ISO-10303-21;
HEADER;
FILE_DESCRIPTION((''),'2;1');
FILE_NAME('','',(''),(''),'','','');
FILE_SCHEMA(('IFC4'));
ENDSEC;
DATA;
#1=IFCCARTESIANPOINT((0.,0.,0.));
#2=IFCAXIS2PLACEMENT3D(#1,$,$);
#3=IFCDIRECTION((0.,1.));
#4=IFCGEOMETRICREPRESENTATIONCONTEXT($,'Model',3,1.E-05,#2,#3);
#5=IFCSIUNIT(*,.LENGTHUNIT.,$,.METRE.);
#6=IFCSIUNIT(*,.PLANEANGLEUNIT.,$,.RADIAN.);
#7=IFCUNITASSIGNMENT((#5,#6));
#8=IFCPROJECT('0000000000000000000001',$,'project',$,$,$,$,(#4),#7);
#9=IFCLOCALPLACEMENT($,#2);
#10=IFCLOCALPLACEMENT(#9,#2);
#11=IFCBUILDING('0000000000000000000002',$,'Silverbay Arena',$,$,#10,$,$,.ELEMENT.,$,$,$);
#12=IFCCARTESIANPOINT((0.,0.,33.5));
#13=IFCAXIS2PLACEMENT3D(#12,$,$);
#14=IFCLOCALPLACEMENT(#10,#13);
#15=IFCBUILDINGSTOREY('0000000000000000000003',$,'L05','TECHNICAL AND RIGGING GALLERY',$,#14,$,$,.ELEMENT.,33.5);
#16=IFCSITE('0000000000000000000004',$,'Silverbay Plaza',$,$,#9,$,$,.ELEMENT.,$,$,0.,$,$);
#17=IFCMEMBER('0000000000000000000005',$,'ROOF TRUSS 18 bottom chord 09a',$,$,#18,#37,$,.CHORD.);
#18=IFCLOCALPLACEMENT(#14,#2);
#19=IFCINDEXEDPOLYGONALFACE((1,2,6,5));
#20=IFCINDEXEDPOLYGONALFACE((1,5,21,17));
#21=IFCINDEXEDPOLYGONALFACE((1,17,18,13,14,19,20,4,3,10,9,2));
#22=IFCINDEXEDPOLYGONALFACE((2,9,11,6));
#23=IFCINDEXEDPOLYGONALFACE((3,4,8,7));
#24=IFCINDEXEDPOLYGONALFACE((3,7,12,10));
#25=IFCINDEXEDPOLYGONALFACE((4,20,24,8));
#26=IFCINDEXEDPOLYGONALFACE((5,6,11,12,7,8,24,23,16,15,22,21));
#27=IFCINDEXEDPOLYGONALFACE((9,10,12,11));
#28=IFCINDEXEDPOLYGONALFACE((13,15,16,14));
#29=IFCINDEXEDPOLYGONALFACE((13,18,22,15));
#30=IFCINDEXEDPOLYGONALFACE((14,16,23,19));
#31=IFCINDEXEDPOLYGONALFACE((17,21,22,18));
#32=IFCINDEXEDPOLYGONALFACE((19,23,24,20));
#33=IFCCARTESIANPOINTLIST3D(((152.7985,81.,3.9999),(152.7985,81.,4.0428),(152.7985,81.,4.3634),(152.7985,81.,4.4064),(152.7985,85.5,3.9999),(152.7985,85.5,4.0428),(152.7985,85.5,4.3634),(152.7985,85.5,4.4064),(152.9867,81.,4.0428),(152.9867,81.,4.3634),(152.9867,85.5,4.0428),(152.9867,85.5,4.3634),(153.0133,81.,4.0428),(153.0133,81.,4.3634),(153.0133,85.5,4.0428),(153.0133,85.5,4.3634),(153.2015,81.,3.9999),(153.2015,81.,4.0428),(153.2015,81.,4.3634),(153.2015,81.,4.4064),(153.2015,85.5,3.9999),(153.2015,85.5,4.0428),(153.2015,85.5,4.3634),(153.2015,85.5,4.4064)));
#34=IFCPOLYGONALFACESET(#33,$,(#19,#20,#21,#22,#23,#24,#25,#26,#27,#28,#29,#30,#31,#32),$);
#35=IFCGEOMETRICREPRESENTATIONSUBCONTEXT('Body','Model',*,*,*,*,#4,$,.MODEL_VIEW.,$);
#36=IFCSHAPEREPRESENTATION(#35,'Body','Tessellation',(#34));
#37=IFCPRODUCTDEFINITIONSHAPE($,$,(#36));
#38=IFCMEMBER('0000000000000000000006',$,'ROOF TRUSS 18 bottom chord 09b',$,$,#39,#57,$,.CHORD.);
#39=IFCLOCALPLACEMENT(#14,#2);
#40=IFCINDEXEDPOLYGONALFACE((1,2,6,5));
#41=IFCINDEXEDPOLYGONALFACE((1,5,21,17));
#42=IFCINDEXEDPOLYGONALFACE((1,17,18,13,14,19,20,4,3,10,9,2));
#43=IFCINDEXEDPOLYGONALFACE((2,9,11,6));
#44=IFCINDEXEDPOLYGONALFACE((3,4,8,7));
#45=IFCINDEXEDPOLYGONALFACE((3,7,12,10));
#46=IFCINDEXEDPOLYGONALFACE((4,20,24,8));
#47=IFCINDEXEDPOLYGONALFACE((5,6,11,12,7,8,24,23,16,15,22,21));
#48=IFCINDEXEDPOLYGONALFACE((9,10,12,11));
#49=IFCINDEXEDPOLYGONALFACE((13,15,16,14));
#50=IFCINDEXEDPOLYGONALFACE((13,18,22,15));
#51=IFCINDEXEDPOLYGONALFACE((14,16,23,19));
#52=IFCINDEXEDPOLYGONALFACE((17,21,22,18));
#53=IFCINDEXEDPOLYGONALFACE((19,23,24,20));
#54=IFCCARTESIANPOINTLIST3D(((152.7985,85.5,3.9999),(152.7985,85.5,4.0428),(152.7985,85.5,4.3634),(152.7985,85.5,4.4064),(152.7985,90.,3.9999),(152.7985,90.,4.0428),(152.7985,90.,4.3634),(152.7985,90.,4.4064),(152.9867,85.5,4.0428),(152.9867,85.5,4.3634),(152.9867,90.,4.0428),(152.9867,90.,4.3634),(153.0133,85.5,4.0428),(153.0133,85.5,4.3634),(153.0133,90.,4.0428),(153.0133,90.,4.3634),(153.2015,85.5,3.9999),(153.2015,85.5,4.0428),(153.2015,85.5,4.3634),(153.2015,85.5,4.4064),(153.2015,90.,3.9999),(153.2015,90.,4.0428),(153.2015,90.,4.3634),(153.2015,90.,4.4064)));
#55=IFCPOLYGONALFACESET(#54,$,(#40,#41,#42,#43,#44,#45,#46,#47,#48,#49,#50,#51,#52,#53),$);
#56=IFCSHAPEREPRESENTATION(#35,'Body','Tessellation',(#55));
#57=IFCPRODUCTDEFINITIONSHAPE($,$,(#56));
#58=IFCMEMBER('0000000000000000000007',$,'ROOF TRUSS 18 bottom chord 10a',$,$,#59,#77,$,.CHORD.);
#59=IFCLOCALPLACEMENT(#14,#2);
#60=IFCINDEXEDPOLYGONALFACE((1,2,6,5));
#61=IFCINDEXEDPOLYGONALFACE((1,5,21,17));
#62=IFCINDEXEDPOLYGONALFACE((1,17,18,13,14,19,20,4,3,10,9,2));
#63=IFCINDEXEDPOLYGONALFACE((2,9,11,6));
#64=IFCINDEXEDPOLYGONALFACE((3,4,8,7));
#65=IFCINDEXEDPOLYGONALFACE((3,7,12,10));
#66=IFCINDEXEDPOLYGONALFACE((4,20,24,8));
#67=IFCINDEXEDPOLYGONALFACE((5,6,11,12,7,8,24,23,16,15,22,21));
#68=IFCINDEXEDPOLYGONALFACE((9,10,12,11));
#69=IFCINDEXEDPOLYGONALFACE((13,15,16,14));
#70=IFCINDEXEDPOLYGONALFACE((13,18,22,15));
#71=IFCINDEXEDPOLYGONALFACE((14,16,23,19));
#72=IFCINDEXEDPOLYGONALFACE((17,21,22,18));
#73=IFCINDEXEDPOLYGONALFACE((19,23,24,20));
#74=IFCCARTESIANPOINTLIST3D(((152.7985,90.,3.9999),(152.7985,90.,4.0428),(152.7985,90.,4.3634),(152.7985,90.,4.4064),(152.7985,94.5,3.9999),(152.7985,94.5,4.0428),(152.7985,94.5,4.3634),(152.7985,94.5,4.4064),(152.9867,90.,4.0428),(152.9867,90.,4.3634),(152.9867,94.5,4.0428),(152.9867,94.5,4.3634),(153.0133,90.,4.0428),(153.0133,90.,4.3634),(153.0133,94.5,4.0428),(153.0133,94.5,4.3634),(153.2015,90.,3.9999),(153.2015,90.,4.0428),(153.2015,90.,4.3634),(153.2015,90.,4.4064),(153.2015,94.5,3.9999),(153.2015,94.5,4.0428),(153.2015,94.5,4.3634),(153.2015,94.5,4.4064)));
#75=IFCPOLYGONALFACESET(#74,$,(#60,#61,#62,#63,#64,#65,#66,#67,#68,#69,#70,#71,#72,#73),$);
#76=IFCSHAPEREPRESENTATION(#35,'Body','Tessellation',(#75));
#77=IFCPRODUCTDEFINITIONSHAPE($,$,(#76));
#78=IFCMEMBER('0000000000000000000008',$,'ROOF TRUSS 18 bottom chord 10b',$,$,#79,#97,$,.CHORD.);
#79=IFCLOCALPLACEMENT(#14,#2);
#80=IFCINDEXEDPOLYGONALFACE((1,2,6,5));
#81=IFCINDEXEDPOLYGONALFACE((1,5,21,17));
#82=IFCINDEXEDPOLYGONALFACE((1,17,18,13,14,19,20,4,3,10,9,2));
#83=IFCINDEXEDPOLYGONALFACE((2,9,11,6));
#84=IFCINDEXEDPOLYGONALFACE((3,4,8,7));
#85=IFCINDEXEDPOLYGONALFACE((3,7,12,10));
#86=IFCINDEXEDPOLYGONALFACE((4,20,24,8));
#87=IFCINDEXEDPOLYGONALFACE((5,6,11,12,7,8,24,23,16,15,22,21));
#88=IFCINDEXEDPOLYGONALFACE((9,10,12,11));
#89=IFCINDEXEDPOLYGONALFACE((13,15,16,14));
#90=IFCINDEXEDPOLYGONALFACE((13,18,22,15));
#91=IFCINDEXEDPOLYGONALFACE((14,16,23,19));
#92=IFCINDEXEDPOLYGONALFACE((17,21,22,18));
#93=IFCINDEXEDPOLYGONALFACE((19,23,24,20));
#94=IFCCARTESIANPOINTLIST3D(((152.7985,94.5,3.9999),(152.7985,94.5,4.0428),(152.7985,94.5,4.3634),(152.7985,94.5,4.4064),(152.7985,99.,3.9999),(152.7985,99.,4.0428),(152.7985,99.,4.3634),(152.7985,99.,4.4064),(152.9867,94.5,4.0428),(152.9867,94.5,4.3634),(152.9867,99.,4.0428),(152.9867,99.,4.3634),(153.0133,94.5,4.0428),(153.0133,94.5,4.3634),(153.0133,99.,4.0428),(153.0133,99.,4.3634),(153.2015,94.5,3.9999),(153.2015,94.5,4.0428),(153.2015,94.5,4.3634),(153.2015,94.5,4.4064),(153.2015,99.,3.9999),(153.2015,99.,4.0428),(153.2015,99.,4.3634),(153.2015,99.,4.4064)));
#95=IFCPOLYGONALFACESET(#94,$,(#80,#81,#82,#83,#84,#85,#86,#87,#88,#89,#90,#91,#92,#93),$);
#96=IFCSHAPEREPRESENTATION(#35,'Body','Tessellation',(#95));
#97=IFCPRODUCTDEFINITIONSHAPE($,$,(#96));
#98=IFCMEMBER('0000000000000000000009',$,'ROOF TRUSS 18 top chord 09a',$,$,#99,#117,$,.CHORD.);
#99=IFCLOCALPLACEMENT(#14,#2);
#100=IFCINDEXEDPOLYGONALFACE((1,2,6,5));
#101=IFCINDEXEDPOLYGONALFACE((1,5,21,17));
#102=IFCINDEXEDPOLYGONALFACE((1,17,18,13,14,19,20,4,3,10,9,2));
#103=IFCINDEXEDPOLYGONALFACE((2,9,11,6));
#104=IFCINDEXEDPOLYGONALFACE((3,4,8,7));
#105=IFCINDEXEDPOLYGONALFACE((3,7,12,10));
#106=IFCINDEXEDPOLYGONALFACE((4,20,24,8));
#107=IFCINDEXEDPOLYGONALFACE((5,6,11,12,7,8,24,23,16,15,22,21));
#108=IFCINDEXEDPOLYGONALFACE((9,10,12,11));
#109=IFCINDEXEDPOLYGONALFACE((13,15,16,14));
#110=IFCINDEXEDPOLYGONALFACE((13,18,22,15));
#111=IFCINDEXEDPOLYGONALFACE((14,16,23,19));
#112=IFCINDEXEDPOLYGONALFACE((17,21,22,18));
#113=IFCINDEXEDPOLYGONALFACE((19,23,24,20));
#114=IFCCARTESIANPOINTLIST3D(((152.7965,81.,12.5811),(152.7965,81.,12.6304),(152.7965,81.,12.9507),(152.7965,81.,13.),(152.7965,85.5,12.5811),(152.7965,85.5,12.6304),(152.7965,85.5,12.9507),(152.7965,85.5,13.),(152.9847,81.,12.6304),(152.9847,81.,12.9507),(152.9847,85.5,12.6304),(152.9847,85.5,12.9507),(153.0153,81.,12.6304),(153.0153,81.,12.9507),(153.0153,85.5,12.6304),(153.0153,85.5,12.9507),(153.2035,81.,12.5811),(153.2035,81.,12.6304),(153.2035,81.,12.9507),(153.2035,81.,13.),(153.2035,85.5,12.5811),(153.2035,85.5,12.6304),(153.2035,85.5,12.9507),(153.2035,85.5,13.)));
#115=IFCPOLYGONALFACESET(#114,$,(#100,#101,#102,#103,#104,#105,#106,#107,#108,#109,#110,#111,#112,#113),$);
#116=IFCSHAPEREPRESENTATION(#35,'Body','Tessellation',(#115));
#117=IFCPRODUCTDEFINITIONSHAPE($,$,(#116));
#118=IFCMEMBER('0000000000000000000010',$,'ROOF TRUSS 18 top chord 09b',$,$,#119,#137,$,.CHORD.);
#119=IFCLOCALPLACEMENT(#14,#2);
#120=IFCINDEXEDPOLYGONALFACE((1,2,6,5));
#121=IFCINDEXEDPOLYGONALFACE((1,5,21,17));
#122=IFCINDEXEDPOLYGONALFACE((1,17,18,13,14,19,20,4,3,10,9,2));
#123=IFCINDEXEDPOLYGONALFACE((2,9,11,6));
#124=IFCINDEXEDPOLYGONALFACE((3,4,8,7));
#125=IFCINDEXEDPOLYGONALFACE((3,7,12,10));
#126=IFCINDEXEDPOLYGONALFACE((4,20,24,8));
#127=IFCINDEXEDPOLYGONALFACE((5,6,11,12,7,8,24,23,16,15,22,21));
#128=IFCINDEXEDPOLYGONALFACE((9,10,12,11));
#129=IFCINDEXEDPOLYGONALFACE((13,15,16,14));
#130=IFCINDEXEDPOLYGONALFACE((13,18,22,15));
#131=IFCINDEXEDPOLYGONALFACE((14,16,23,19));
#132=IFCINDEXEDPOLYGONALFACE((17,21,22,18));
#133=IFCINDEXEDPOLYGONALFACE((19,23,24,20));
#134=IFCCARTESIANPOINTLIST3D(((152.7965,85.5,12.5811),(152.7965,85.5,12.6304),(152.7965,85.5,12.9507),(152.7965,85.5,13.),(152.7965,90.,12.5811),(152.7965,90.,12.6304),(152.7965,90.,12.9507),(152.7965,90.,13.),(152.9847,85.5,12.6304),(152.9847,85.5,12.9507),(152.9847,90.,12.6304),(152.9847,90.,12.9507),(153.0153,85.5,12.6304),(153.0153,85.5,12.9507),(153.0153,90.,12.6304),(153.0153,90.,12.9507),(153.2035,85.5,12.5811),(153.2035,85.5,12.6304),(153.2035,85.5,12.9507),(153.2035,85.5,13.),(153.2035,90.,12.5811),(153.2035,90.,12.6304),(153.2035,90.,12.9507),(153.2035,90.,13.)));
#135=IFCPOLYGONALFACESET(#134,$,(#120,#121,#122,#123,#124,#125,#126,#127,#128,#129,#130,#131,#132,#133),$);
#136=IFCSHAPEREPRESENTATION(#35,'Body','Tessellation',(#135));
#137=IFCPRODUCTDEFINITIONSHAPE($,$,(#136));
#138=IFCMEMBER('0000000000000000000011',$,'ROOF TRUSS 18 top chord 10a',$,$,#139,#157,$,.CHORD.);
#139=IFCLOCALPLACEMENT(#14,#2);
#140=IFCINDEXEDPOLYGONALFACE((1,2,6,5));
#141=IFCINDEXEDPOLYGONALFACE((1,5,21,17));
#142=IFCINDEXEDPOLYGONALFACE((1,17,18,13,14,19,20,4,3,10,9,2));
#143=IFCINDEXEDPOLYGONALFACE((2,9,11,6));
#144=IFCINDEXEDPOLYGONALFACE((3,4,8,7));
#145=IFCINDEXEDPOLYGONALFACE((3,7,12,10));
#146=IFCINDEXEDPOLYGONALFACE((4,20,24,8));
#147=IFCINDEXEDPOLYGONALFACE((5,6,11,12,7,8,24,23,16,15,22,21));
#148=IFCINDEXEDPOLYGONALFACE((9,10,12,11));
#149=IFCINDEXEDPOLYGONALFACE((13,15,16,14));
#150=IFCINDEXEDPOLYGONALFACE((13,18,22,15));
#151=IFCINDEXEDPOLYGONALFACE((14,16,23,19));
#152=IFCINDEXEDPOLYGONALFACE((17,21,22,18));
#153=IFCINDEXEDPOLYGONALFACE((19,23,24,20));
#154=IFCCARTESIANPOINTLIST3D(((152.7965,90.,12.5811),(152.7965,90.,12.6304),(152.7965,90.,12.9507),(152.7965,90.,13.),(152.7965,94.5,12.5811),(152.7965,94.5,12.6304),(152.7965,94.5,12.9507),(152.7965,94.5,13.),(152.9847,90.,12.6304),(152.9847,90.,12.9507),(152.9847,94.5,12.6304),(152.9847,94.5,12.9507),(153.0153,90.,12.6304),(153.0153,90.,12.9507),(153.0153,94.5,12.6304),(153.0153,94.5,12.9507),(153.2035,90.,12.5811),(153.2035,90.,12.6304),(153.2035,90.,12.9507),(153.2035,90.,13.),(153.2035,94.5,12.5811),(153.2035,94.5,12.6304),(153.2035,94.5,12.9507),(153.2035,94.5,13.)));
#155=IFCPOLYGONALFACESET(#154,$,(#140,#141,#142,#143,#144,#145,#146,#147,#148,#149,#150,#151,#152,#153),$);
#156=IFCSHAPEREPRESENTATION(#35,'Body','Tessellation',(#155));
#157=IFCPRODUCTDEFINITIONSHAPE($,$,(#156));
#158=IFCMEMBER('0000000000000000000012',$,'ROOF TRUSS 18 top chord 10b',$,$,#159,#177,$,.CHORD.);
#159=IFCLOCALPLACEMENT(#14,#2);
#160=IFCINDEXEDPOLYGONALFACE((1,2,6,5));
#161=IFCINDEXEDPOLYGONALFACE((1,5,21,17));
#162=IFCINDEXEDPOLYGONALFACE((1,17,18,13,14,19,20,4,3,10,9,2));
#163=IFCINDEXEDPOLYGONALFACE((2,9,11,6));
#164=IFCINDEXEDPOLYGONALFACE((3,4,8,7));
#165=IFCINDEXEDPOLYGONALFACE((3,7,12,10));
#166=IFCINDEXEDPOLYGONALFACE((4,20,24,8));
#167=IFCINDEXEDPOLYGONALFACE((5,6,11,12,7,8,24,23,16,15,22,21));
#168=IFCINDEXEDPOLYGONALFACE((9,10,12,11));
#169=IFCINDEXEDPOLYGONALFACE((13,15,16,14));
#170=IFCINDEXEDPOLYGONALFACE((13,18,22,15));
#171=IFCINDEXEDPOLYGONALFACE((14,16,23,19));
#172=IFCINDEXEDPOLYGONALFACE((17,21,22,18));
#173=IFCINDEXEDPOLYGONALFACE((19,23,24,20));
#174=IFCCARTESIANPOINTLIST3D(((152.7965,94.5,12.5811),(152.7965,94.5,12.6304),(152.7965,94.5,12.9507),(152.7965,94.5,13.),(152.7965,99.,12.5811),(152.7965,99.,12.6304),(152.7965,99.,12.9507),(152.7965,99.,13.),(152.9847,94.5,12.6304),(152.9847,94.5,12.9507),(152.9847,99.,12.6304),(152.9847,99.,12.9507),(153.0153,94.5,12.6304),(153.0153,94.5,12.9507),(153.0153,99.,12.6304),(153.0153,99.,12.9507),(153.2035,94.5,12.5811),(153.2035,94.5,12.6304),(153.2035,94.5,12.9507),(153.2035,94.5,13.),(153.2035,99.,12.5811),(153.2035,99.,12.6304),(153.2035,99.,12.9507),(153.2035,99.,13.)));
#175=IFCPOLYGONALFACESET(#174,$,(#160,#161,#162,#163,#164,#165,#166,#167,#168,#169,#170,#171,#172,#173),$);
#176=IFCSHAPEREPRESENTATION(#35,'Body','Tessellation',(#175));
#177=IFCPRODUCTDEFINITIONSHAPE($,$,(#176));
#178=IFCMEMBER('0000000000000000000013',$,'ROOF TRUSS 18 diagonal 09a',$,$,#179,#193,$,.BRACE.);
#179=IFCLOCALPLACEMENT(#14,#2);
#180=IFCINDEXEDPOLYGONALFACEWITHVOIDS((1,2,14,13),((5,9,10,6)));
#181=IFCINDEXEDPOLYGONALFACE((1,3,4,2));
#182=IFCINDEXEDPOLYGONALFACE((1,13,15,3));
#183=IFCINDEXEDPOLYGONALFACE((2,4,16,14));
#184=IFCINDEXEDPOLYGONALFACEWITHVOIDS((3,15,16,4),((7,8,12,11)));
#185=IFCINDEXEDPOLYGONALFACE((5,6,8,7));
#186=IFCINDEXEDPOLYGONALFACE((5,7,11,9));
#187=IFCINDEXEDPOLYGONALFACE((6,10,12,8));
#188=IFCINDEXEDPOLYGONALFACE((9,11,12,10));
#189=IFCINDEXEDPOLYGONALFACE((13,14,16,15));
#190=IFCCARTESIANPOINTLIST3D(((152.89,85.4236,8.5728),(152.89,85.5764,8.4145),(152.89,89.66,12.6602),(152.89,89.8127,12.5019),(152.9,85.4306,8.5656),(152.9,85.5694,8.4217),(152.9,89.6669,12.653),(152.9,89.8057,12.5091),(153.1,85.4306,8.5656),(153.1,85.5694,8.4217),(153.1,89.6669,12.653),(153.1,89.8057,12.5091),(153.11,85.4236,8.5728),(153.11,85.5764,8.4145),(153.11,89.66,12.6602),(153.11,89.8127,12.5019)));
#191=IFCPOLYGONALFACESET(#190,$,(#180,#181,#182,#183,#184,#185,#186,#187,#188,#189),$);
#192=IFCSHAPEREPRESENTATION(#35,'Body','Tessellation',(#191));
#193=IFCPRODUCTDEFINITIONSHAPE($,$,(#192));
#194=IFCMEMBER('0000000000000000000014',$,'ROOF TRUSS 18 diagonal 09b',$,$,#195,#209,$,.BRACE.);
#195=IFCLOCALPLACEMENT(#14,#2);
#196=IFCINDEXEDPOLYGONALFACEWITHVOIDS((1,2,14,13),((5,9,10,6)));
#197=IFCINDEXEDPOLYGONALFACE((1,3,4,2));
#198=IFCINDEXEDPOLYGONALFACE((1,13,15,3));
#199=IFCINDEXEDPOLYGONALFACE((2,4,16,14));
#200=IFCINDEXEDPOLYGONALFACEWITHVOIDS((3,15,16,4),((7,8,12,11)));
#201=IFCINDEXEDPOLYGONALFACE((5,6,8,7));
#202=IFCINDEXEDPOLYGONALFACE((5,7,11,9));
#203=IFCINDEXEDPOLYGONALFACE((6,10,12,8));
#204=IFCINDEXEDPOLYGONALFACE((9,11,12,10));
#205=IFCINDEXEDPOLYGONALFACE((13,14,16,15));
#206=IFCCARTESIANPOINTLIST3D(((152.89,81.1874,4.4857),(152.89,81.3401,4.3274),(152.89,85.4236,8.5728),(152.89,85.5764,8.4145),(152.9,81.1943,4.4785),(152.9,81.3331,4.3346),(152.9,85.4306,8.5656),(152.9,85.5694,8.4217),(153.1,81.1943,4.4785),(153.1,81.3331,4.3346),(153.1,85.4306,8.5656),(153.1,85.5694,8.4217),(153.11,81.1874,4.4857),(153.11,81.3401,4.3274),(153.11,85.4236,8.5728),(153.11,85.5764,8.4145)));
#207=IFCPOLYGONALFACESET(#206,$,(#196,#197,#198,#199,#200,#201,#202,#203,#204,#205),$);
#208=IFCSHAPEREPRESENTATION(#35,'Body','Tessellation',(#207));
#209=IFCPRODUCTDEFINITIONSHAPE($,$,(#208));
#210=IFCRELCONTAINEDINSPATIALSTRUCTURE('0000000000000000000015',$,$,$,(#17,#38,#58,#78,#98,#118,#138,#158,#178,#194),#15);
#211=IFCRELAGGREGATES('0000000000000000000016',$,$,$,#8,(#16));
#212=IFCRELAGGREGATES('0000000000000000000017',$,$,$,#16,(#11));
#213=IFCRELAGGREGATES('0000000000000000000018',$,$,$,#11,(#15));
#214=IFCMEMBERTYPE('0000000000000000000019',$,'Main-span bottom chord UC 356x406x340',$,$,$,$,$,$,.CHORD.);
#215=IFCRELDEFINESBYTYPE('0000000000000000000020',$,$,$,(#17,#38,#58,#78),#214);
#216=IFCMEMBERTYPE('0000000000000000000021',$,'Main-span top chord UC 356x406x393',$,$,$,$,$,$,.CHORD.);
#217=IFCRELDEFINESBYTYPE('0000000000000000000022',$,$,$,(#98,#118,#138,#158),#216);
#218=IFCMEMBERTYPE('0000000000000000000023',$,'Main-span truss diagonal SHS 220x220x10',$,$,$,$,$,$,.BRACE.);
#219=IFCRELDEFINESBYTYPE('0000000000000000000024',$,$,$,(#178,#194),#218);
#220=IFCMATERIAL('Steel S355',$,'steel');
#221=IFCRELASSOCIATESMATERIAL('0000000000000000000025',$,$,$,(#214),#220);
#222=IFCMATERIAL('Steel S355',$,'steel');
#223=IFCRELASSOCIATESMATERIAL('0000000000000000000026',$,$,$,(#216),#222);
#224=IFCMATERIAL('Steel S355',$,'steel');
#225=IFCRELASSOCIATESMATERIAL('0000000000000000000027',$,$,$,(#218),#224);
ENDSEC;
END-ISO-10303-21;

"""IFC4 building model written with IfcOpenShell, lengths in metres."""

from ifc_helpers import new_model, si_unit, direction, frame, origin, origin_2d, place, context, subcontext, project, spatial, hollow_rectangle, i_section, extrude, material, material_profile, profile_set, type_object, element, save


model = new_model("IFC4")

# Units and contexts
model_context = context("Model", 3, precision=1e-05, world=origin(), true_north=direction((0.0, 1.0)))
body_context = subcontext(model_context, "Body", "Model", "MODEL_VIEW")
ifc_project = project(units=[si_unit("LENGTHUNIT", "METRE"), si_unit("PLANEANGLEUNIT", "RADIAN")], contexts=[model_context])

# Site, building, storey
site_placement = place(None, origin())
site = spatial("IfcSite", under=ifc_project, at=site_placement, Name="Silverbay Plaza", CompositionType="ELEMENT", RefElevation=0.0)
building_placement = place(site_placement, origin())
building = spatial("IfcBuilding", under=site, at=building_placement, Name="Silverbay Arena", CompositionType="ELEMENT")
storey_placement = place(building_placement, frame((0.0, 0.0, 33.5)))
storey = spatial("IfcBuildingStorey", under=building, at=storey_placement, Name="L05", Description="TECHNICAL AND RIGGING GALLERY", CompositionType="ELEMENT", Elevation=33.5)

# Members
ifc_material_1 = material(Name="Steel S355", Category="steel")
ifc_material_profile_1 = material_profile(ifc_material_1, i_section(OverallWidth=0.4031, OverallDepth=0.4065, WebThickness=0.0266, FlangeThickness=0.043, at=origin_2d()), Name="UC 356x406x340")
ifc_profile_set_1 = profile_set([ifc_material_profile_1], Name="Steel S355")
member_type_1 = type_object("IfcMemberType", Name="Main-span bottom chord UC 356x406x340", PredefinedType="CHORD", material=ifc_profile_set_1)
for number, where, z_axis, x_axis, name in (
    (1, (153.0, 81.0, 4.2031), (0.0, 1.0, 0.0), (-1.0, 0.0, 0.0), "ROOF TRUSS 18 bottom chord 09a"),
    (2, (153.0, 85.5, 4.2031), (0.0, 1.0, 0.0), (-1.0, 0.0, 0.0), "ROOF TRUSS 18 bottom chord 09b"),
    (3, (153.0, 90.0, 4.2031), (0.0, 1.0, 0.0), (-1.0, 0.0, 0.0), "ROOF TRUSS 18 bottom chord 10a"),
    (4, (153.0, 94.5, 4.2031), (0.0, 1.0, 0.0), (-1.0, 0.0, 0.0), "ROOF TRUSS 18 bottom chord 10b"),
):
    element("IfcMember", number, at=place(storey_placement, frame(where, z_axis=z_axis, x_axis=x_axis)), inside=storey, type_object=member_type_1, Name=name, PredefinedType="CHORD", context=body_context, shape_type="SweptSolid", body=[
        extrude(i_section(OverallWidth=0.4031, OverallDepth=0.4065, WebThickness=0.0266, FlangeThickness=0.043, at=origin_2d()), origin(), (0.0, 0.0, 1.0), 4.5),
    ])
ifc_material_2 = material(Name="Steel S355", Category="steel")
ifc_material_profile_2 = material_profile(ifc_material_2, i_section(OverallWidth=0.407, OverallDepth=0.4189, WebThickness=0.0305, FlangeThickness=0.0493, at=origin_2d()), Name="UC 356x406x393")
ifc_profile_set_2 = profile_set([ifc_material_profile_2], Name="Steel S355")
member_type_2 = type_object("IfcMemberType", Name="Main-span top chord UC 356x406x393", PredefinedType="CHORD", material=ifc_profile_set_2)
for number, where, z_axis, x_axis, name in (
    (5, (153.0, 81.0, 12.7905), (0.0, 1.0, 0.0), (-1.0, 0.0, 0.0), "ROOF TRUSS 18 top chord 09a"),
    (6, (153.0, 85.5, 12.7905), (0.0, 1.0, 0.0), (-1.0, 0.0, 0.0), "ROOF TRUSS 18 top chord 09b"),
    (7, (153.0, 90.0, 12.7905), (0.0, 1.0, 0.0), (-1.0, 0.0, 0.0), "ROOF TRUSS 18 top chord 10a"),
    (8, (153.0, 94.5, 12.7905), (0.0, 1.0, 0.0), (-1.0, 0.0, 0.0), "ROOF TRUSS 18 top chord 10b"),
):
    element("IfcMember", number, at=place(storey_placement, frame(where, z_axis=z_axis, x_axis=x_axis)), inside=storey, type_object=member_type_2, Name=name, PredefinedType="CHORD", context=body_context, shape_type="SweptSolid", body=[
        extrude(i_section(OverallWidth=0.407, OverallDepth=0.4189, WebThickness=0.0305, FlangeThickness=0.0493, at=origin_2d()), origin(), (0.0, 0.0, 1.0), 4.5),
    ])
ifc_material_3 = material(Name="Steel S355", Category="steel")
ifc_material_profile_3 = material_profile(ifc_material_3, hollow_rectangle(XDim=0.22, YDim=0.22, WallThickness=0.01, at=origin_2d()), Name="SHS 220x220x10")
ifc_profile_set_3 = profile_set([ifc_material_profile_3], Name="Steel S355")
member_type_3 = type_object("IfcMemberType", Name="Main-span truss diagonal SHS 220x220x10", PredefinedType="BRACE", material=ifc_profile_set_3)
member_1_placement = place(storey_placement, frame((153.0, 89.7363, 12.5811), z_axis=(0.0, -0.719643, -0.694344), x_axis=(1.0, 0.0, 0.0)))
element("IfcMember", 9, at=member_1_placement, inside=storey, type_object=member_type_3, Name="ROOF TRUSS 18 diagonal 09a", PredefinedType="BRACE", context=body_context, shape_type="SweptSolid", body=[
    extrude(hollow_rectangle(XDim=0.22, YDim=0.22, WallThickness=0.01, at=origin_2d()), origin(), (0.0, 0.0, 1.0), 5.8867),
])
member_2_placement = place(storey_placement, frame((153.0, 85.5, 8.4937), z_axis=(0.0, -0.719664, -0.694323), x_axis=(1.0, 0.0, 0.0)))
element("IfcMember", 10, at=member_2_placement, inside=storey, type_object=member_type_3, Name="ROOF TRUSS 18 diagonal 09b", PredefinedType="BRACE", context=body_context, shape_type="SweptSolid", body=[
    extrude(hollow_rectangle(XDim=0.22, YDim=0.22, WallThickness=0.01, at=origin_2d()), origin(), (0.0, 0.0, 1.0), 5.8865),
])

save(model, "model.ifc")
